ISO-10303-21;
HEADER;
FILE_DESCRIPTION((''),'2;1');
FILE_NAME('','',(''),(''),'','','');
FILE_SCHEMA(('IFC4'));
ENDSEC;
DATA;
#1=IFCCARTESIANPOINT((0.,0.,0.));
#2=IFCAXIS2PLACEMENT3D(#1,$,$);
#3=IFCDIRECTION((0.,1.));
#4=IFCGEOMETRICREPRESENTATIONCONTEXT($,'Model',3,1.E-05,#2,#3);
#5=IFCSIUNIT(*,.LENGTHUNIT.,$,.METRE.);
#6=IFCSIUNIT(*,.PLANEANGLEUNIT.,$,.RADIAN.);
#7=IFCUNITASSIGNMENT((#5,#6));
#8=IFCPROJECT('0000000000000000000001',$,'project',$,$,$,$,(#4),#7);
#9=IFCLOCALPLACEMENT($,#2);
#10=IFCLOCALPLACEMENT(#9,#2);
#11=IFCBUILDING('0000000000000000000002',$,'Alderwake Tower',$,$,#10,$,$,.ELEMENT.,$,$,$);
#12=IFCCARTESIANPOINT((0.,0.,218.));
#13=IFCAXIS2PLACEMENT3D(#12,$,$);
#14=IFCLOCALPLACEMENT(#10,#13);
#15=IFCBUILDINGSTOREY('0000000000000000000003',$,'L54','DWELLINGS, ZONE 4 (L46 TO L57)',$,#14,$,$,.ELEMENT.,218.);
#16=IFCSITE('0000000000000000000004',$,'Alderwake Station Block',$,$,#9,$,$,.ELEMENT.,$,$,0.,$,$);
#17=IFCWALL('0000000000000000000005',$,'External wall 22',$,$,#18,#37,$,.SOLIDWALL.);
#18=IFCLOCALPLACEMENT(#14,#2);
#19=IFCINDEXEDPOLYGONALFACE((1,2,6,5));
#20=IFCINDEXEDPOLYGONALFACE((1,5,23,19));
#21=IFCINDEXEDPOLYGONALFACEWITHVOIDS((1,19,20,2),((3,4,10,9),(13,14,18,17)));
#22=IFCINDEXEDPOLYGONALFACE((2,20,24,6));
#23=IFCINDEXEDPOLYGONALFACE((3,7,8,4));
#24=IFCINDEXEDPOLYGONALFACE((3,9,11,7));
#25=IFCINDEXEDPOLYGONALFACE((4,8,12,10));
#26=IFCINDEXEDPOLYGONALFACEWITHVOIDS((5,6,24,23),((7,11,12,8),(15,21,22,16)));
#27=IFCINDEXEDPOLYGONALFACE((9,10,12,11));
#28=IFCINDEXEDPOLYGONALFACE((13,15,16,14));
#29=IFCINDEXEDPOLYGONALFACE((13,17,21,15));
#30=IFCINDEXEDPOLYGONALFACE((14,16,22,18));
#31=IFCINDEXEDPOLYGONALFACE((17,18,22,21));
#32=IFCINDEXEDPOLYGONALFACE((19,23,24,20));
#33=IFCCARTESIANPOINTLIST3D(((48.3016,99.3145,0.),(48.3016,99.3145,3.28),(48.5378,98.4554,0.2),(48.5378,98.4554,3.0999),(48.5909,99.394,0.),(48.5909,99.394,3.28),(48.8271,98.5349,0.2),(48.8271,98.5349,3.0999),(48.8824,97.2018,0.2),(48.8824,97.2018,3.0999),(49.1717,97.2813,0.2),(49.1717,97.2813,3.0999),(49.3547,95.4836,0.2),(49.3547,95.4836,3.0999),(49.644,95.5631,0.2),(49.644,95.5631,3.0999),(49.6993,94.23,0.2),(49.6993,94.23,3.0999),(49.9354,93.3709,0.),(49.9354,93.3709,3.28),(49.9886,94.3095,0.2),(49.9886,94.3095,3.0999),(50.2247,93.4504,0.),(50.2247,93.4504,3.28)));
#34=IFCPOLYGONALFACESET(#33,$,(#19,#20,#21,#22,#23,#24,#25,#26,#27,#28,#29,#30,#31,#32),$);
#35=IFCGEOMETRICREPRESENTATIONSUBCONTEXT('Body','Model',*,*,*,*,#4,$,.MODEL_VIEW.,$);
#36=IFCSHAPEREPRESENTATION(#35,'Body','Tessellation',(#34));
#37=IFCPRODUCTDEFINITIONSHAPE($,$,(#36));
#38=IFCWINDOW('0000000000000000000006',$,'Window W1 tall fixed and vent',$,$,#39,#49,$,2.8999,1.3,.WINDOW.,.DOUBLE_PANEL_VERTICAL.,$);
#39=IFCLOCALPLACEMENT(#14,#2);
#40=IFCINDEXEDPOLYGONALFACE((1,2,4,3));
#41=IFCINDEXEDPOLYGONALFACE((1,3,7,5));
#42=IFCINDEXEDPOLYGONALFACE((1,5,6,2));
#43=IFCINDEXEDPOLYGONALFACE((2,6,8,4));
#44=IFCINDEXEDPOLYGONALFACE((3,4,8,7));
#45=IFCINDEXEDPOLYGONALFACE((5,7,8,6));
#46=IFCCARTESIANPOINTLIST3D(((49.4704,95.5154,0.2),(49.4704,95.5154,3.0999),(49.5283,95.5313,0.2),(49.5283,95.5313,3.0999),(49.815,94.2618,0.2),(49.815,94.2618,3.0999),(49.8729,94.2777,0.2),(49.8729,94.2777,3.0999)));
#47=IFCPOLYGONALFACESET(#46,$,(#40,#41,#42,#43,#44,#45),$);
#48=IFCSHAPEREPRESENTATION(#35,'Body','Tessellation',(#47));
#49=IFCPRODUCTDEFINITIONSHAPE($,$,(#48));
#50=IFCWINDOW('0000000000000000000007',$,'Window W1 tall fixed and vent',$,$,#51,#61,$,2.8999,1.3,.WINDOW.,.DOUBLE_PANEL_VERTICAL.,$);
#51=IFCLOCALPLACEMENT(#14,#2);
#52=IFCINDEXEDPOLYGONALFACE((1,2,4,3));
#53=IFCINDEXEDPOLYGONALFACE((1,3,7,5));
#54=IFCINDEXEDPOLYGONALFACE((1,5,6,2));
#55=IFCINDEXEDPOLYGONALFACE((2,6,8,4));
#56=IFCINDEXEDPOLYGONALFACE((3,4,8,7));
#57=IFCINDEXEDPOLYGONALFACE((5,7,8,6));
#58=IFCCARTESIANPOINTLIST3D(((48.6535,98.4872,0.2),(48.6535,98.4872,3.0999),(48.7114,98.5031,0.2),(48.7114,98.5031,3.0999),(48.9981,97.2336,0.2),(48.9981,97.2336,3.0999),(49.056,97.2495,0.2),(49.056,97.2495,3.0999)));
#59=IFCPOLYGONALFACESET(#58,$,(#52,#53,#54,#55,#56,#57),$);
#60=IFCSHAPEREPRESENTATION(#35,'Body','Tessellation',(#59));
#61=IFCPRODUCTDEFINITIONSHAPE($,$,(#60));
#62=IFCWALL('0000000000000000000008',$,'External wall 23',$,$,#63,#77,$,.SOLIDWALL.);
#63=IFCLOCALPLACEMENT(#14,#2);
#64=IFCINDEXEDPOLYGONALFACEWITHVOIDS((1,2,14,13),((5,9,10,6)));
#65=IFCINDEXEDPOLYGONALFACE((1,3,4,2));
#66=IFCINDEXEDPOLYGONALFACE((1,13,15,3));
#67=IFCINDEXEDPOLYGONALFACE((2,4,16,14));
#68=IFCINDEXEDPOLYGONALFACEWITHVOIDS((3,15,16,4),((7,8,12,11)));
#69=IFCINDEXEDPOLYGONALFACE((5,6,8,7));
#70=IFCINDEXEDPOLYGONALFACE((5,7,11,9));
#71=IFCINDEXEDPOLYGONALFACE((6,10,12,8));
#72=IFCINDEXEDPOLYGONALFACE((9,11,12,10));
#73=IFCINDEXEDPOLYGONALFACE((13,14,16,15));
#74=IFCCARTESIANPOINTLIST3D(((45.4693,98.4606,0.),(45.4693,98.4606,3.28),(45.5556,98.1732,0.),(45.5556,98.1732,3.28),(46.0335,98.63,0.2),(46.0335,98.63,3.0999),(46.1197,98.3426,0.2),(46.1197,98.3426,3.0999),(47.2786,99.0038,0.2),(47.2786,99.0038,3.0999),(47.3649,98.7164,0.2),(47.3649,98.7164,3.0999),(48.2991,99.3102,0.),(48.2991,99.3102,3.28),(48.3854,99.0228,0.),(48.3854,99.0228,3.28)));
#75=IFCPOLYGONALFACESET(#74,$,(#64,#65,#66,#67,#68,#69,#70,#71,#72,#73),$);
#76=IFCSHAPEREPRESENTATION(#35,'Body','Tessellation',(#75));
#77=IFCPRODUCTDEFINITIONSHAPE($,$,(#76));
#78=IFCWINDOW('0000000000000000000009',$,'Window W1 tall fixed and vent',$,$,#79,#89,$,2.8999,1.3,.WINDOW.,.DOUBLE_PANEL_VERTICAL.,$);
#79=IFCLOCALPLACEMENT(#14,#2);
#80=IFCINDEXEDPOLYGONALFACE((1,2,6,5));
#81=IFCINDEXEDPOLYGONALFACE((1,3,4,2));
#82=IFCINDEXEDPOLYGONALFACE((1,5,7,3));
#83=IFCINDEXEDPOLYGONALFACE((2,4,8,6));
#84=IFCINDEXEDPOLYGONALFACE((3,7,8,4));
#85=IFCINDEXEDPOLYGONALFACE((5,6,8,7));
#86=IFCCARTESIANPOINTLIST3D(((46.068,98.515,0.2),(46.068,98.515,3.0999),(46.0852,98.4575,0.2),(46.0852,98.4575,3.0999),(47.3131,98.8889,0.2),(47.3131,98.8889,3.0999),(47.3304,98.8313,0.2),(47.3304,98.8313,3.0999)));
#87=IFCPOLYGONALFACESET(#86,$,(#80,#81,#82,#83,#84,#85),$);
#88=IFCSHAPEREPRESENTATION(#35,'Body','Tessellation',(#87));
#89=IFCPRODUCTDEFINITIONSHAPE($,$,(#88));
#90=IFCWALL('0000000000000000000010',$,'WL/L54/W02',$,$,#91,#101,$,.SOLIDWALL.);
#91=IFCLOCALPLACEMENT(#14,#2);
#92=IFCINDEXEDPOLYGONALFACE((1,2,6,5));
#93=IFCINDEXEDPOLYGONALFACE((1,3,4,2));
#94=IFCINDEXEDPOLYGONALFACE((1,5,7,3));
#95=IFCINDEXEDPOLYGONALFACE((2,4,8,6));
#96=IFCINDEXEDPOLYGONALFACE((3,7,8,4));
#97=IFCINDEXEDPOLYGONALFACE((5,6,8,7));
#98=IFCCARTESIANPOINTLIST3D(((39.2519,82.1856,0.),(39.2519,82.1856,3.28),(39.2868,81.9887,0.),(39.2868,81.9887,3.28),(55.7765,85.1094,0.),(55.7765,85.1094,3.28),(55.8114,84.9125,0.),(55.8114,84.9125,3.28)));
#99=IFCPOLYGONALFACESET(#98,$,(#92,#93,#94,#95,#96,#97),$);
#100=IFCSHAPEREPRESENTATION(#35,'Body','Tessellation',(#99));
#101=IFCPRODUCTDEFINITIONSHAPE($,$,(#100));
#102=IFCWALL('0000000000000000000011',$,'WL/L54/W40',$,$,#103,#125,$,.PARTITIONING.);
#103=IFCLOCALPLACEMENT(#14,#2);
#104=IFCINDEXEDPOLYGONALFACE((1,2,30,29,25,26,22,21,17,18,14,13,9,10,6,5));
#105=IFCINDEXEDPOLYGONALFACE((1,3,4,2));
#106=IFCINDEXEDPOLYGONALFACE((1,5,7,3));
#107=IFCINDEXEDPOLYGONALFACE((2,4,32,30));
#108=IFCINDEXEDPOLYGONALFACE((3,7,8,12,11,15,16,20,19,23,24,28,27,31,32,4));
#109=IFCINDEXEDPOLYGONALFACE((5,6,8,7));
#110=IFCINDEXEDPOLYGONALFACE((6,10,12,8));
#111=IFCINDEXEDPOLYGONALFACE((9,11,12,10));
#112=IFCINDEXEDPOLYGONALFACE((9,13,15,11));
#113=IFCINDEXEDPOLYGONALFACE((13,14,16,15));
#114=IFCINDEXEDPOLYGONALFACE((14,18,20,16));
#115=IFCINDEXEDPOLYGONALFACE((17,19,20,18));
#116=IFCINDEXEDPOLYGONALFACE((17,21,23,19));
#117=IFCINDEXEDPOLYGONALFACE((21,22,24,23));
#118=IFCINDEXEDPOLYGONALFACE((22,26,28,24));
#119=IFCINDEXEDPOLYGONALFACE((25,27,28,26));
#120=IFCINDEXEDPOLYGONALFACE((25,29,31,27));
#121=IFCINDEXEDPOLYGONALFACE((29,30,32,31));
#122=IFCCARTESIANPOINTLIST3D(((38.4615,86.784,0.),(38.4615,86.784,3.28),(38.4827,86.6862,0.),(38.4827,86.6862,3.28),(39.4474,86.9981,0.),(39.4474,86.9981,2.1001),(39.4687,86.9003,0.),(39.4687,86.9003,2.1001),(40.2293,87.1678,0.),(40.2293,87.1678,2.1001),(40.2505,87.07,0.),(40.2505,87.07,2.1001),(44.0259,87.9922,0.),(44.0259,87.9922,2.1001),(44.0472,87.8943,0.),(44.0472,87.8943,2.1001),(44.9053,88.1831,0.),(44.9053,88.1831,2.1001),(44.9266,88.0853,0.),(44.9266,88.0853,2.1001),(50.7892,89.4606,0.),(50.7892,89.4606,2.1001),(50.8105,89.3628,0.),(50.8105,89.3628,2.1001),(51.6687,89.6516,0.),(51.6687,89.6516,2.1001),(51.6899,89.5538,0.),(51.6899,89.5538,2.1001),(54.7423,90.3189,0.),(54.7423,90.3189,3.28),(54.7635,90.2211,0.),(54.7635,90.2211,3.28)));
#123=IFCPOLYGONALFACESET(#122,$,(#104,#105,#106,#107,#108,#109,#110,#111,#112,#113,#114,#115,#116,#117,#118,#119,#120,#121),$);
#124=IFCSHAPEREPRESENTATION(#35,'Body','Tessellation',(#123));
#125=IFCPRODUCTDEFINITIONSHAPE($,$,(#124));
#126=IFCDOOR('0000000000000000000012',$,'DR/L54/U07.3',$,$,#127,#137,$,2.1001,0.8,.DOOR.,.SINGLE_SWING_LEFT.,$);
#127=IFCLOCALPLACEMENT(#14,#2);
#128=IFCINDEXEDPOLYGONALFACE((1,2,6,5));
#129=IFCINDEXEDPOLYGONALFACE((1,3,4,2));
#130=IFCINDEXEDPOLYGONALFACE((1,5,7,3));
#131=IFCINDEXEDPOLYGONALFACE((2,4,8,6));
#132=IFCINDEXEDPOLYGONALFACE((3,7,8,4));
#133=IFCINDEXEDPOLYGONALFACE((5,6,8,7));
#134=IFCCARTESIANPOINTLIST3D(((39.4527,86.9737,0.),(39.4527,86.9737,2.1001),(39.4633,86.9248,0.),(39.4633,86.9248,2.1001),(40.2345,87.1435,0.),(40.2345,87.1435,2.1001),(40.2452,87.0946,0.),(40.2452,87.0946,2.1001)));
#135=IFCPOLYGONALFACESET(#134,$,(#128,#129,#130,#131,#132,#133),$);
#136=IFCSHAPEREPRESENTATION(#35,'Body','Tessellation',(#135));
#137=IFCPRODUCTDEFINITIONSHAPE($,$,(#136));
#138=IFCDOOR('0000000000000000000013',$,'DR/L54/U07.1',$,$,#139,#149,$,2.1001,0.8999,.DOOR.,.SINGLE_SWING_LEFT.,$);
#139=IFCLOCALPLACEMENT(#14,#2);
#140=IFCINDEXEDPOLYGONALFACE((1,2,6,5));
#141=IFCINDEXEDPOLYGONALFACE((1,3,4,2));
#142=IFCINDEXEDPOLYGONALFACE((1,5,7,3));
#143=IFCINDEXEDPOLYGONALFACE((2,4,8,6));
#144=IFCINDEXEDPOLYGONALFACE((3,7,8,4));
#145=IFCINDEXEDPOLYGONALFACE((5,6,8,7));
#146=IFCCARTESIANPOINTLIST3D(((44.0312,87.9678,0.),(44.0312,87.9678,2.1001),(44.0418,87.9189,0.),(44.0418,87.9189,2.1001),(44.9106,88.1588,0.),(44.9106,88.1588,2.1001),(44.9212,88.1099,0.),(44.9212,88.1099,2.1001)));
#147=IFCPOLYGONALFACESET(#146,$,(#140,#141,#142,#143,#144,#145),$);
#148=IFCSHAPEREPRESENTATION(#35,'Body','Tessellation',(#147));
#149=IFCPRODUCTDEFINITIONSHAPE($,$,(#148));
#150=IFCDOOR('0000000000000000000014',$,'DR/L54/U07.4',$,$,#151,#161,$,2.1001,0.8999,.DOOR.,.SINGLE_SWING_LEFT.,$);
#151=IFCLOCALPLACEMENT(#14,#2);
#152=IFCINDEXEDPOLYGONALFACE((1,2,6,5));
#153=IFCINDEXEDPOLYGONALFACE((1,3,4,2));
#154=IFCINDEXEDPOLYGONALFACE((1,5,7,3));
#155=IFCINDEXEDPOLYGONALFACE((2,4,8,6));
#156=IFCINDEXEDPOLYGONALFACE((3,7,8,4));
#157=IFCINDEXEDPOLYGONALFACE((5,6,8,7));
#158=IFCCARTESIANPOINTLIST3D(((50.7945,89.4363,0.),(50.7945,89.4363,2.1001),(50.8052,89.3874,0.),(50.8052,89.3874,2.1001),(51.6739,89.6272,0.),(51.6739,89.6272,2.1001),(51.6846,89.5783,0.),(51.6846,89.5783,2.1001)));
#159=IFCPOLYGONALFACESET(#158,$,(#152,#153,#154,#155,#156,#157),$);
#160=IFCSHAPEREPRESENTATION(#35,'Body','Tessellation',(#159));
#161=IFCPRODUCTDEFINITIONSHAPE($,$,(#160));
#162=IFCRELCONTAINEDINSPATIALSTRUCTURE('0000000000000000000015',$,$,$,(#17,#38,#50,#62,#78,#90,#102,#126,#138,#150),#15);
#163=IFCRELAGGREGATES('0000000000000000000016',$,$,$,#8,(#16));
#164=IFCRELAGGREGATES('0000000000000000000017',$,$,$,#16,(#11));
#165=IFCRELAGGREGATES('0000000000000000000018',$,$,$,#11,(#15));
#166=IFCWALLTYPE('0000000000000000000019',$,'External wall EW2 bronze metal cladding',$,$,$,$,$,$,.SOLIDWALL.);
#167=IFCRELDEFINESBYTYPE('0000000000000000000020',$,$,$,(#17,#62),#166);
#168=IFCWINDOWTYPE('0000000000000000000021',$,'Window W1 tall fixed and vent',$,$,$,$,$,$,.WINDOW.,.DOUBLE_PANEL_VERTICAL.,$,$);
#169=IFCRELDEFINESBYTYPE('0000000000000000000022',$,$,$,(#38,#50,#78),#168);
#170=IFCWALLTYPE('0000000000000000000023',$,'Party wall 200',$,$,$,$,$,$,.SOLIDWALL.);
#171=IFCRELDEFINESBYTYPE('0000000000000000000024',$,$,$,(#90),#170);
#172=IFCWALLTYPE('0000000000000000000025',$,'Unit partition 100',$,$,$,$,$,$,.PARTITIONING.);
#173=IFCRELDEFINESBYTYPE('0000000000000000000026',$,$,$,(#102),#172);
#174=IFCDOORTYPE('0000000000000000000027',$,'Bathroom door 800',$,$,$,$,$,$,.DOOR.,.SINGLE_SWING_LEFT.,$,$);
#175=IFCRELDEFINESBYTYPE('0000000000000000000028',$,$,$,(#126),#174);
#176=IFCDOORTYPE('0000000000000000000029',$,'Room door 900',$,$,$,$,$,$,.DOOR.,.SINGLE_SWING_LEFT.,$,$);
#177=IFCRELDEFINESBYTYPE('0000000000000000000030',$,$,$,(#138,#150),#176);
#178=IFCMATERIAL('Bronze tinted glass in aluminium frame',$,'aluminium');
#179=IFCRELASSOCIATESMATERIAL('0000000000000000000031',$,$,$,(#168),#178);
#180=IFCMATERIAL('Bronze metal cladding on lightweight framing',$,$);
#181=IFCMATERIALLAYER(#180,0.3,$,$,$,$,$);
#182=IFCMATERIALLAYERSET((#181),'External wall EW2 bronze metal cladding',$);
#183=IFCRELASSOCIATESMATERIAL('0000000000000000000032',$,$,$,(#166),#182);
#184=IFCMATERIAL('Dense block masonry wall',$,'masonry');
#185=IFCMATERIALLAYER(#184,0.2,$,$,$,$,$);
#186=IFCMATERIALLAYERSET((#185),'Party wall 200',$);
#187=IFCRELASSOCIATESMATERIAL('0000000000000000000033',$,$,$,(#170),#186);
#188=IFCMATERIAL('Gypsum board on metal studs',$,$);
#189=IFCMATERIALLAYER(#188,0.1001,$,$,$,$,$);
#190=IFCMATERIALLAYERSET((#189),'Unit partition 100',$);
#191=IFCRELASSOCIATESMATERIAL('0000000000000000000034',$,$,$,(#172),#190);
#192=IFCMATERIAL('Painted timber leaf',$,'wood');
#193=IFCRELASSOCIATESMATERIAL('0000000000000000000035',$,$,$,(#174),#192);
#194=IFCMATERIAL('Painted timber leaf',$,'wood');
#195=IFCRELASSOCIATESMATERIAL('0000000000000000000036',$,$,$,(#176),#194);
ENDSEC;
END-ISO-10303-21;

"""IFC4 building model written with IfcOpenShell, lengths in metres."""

from ifc_helpers import new_model, si_unit, direction, frame, frame_2d, origin, place, context, subcontext, project, spatial, rectangle, extrude, material, layer, layer_set, type_object, element, fill, save


model = new_model("IFC4")

# Units and contexts
model_context = context("Model", 3, precision=1e-05, world=origin(), true_north=direction((0.0, 1.0)))
body_context = subcontext(model_context, "Body", "Model", "MODEL_VIEW")
ifc_project = project(units=[si_unit("LENGTHUNIT", "METRE"), si_unit("PLANEANGLEUNIT", "RADIAN")], contexts=[model_context])

# Site, building, storey
site_placement = place(None, origin())
site = spatial("IfcSite", under=ifc_project, at=site_placement, Name="Alderwake Station Block", CompositionType="ELEMENT", RefElevation=0.0)
building_placement = place(site_placement, origin())
building = spatial("IfcBuilding", under=site, at=building_placement, Name="Alderwake Tower", CompositionType="ELEMENT")
storey_placement = place(building_placement, frame((0.0, 0.0, 218.0)))
storey = spatial("IfcBuildingStorey", under=building, at=storey_placement, Name="L54", Description="DWELLINGS, ZONE 4 (L46 TO L57)", CompositionType="ELEMENT", Elevation=218.0)

# Shared definitions
ifc_material_1 = material(Name="Bronze tinted glass in aluminium frame", Category="aluminium")
window_type = type_object("IfcWindowType", Name="Window W1 tall fixed and vent", PartitioningType="DOUBLE_PANEL_VERTICAL", PredefinedType="WINDOW", material=ifc_material_1)

# Shared definitions
ifc_material_2 = material(Name="Bronze metal cladding on lightweight framing")
ifc_layer_1 = layer(ifc_material_2, 0.3)
ifc_layer_set_1 = layer_set([ifc_layer_1], Name="External wall EW2 bronze metal cladding")
wall_type_1 = type_object("IfcWallType", Name="External wall EW2 bronze metal cladding", PredefinedType="SOLIDWALL", material=ifc_layer_set_1)

# Wall, openings, windows
wall_1_placement = place(storey_placement, frame((50.0801, 93.4106, 0.0), z_axis=(0.0, 0.0, 1.0), x_axis=(-0.265051, 0.964234, 0.0)))
wall_1 = element("IfcWall", 1, at=wall_1_placement, inside=storey, type_object=wall_type_1, Name="External wall 22", PredefinedType="SOLIDWALL", context=body_context, shape_type="SweptSolid", body=[
    extrude(rectangle(XDim=6.1641, YDim=0.3, at=frame_2d((3.082, 0.0))), origin(), (0.0, 0.0, 1.0), 3.28),
])
opening_1_placement = place(wall_1_placement, frame((0.8911, 0.0, 0.2)))
opening_1 = element("IfcOpeningElement", 2, at=opening_1_placement, cuts=wall_1, PredefinedType="OPENING", context=body_context, shape_type="SweptSolid", body=[
    extrude(rectangle(XDim=1.3, YDim=2.8999, at=frame_2d((0.6499, 1.45))), frame((0.0, 0.1599, 0.0), z_axis=(0.0, -1.0, 0.0), x_axis=(1.0, 0.0, 0.0)), (0.0, 0.0, 1.0), 0.3201),
])
opening_2_placement = place(wall_1_placement, frame((3.9731, 0.0, 0.2)))
opening_2 = element("IfcOpeningElement", 3, at=opening_2_placement, cuts=wall_1, PredefinedType="OPENING", context=body_context, shape_type="SweptSolid", body=[
    extrude(rectangle(XDim=1.3, YDim=2.8999, at=frame_2d((0.6499, 1.45))), frame((0.0, 0.1599, 0.0), z_axis=(0.0, -1.0, 0.0), x_axis=(1.0, 0.0, 0.0)), (0.0, 0.0, 1.0), 0.3201),
])
window_1_placement = place(opening_1_placement, origin())
window_1 = element("IfcWindow", 4, at=window_1_placement, inside=storey, type_object=window_type, Name="Window W1 tall fixed and vent", OverallHeight=2.8999, OverallWidth=1.3, PartitioningType="DOUBLE_PANEL_VERTICAL", PredefinedType="WINDOW", context=body_context, shape_type="SweptSolid", body=[
    extrude(rectangle(XDim=1.3, YDim=2.8999, at=frame_2d((0.6499, 1.45))), frame((0.0, 0.03, 0.0), z_axis=(0.0, -1.0, 0.0), x_axis=(1.0, 0.0, 0.0)), (0.0, 0.0, 1.0), 0.0601),
])
fill(opening_1, window_1)
window_2_placement = place(opening_2_placement, origin())
window_2 = element("IfcWindow", 5, at=window_2_placement, inside=storey, type_object=window_type, Name="Window W1 tall fixed and vent", OverallHeight=2.8999, OverallWidth=1.3, PartitioningType="DOUBLE_PANEL_VERTICAL", PredefinedType="WINDOW", context=body_context, shape_type="SweptSolid", body=[
    extrude(rectangle(XDim=1.3, YDim=2.8999, at=frame_2d((0.6499, 1.45))), frame((0.0, 0.03, 0.0), z_axis=(0.0, -1.0, 0.0), x_axis=(1.0, 0.0, 0.0)), (0.0, 0.0, 1.0), 0.0601),
])
fill(opening_2, window_2)

# Wall, opening, window
wall_2_placement = place(storey_placement, frame((48.3423, 99.1665, 0.0), z_axis=(0.0, 0.0, 1.0), x_axis=(-0.957765, -0.287553, 0.0)))
wall_2 = element("IfcWall", 6, at=wall_2_placement, inside=storey, type_object=wall_type_1, Name="External wall 23", PredefinedType="SOLIDWALL", context=body_context, shape_type="SweptSolid", body=[
    extrude(rectangle(XDim=2.9546, YDim=0.3, at=frame_2d((1.4773, 0.0))), origin(), (0.0, 0.0, 1.0), 3.28),
])
opening_3_placement = place(wall_2_placement, frame((1.0657, 0.0, 0.2)))
opening_3 = element("IfcOpeningElement", 7, at=opening_3_placement, cuts=wall_2, PredefinedType="OPENING", context=body_context, shape_type="SweptSolid", body=[
    extrude(rectangle(XDim=1.3, YDim=2.8999, at=frame_2d((0.6499, 1.45))), frame((0.0, 0.1599, 0.0), z_axis=(0.0, -1.0, 0.0), x_axis=(1.0, 0.0, 0.0)), (0.0, 0.0, 1.0), 0.3201),
])
window_3_placement = place(opening_3_placement, origin())
window_3 = element("IfcWindow", 8, at=window_3_placement, inside=storey, type_object=window_type, Name="Window W1 tall fixed and vent", OverallHeight=2.8999, OverallWidth=1.3, PartitioningType="DOUBLE_PANEL_VERTICAL", PredefinedType="WINDOW", context=body_context, shape_type="SweptSolid", body=[
    extrude(rectangle(XDim=1.3, YDim=2.8999, at=frame_2d((0.6499, 1.45))), frame((0.0, 0.03, 0.0), z_axis=(0.0, -1.0, 0.0), x_axis=(1.0, 0.0, 0.0)), (0.0, 0.0, 1.0), 0.0601),
])
fill(opening_3, window_3)

# Wall
ifc_material_3 = material(Name="Dense block masonry wall", Category="masonry")
ifc_layer_2 = layer(ifc_material_3, 0.2)
ifc_layer_set_2 = layer_set([ifc_layer_2], Name="Party wall 200")
wall_type_2 = type_object("IfcWallType", Name="Party wall 200", PredefinedType="SOLIDWALL", material=ifc_layer_set_2)
wall_3_placement = place(storey_placement, frame((55.7939, 85.011, 0.0), z_axis=(0.0, 0.0, 1.0), x_axis=(-0.984705, -0.174231, 0.0)))
element("IfcWall", 9, at=wall_3_placement, inside=storey, type_object=wall_type_2, Name="WL/L54/W02", PredefinedType="SOLIDWALL", context=body_context, shape_type="SweptSolid", body=[
    extrude(rectangle(XDim=16.7812, YDim=0.2, at=frame_2d((8.3906, 0.0))), origin(), (0.0, 0.0, 1.0), 3.28),
])

# Wall, openings, doors
ifc_material_4 = material(Name="Gypsum board on metal studs")
ifc_layer_3 = layer(ifc_material_4, 0.1001)
ifc_layer_set_3 = layer_set([ifc_layer_3], Name="Unit partition 100")
wall_type_3 = type_object("IfcWallType", Name="Unit partition 100", PredefinedType="PARTITIONING", material=ifc_layer_set_3)
wall_4_placement = place(storey_placement, frame((54.7529, 90.27, 0.0), z_axis=(0.0, 0.0, 1.0), x_axis=(-0.977231, -0.212178, 0.0)))
wall_4 = element("IfcWall", 10, at=wall_4_placement, inside=storey, type_object=wall_type_3, Name="WL/L54/W40", PredefinedType="PARTITIONING", context=body_context, shape_type="SweptSolid", body=[
    extrude(rectangle(XDim=16.6602, YDim=0.1001, at=frame_2d((8.3301, 0.0))), origin(), (0.0, 0.0, 1.0), 3.28),
])
opening_4_placement = place(wall_4_placement, frame((10.0662, 0.0, 0.0)))
opening_4 = element("IfcOpeningElement", 11, at=opening_4_placement, cuts=wall_4, PredefinedType="OPENING", context=body_context, shape_type="SweptSolid", body=[
    extrude(rectangle(XDim=0.8999, YDim=2.1001, at=frame_2d((0.45, 1.05))), frame((0.0, 0.0601, 0.0), z_axis=(0.0, -1.0, 0.0), x_axis=(1.0, 0.0, 0.0)), (0.0, 0.0, 1.0), 0.1201),
])
opening_5_placement = place(wall_4_placement, frame((14.8513, 0.0, 0.0)))
opening_5 = element("IfcOpeningElement", 12, at=opening_5_placement, cuts=wall_4, PredefinedType="OPENING", context=body_context, shape_type="SweptSolid", body=[
    extrude(rectangle(XDim=0.8, YDim=2.1001, at=frame_2d((0.3999, 1.05))), frame((0.0, 0.0601, 0.0), z_axis=(0.0, -1.0, 0.0), x_axis=(1.0, 0.0, 0.0)), (0.0, 0.0, 1.0), 0.1201),
])
opening_6_placement = place(wall_4_placement, frame((3.1453, 0.0, 0.0)))
opening_6 = element("IfcOpeningElement", 13, at=opening_6_placement, cuts=wall_4, PredefinedType="OPENING", context=body_context, shape_type="SweptSolid", body=[
    extrude(rectangle(XDim=0.8999, YDim=2.1001, at=frame_2d((0.45, 1.05))), frame((0.0, 0.0601, 0.0), z_axis=(0.0, -1.0, 0.0), x_axis=(1.0, 0.0, 0.0)), (0.0, 0.0, 1.0), 0.1201),
])
ifc_material_5 = material(Name="Painted timber leaf", Category="wood")
door_type_1 = type_object("IfcDoorType", Name="Bathroom door 800", OperationType="SINGLE_SWING_LEFT", PredefinedType="DOOR", material=ifc_material_5)
door_1_placement = place(opening_5_placement, origin())
door_1 = element("IfcDoor", 14, at=door_1_placement, inside=storey, type_object=door_type_1, Name="DR/L54/U07.3", OperationType="SINGLE_SWING_LEFT", OverallHeight=2.1001, OverallWidth=0.8, PredefinedType="DOOR", context=body_context, shape_type="SweptSolid", body=[
    extrude(rectangle(XDim=0.8, YDim=2.1001, at=frame_2d((0.3999, 1.05))), frame((0.0, 0.0249, 0.0), z_axis=(0.0, -1.0, 0.0), x_axis=(1.0, 0.0, 0.0)), (0.0, 0.0, 1.0), 0.05),
])
fill(opening_5, door_1)
ifc_material_6 = material(Name="Painted timber leaf", Category="wood")
door_type_2 = type_object("IfcDoorType", Name="Room door 900", OperationType="SINGLE_SWING_LEFT", PredefinedType="DOOR", material=ifc_material_6)
door_2_placement = place(opening_4_placement, origin())
door_2 = element("IfcDoor", 15, at=door_2_placement, inside=storey, type_object=door_type_2, Name="DR/L54/U07.1", OperationType="SINGLE_SWING_LEFT", OverallHeight=2.1001, OverallWidth=0.8999, PredefinedType="DOOR", context=body_context, shape_type="SweptSolid", body=[
    extrude(rectangle(XDim=0.8999, YDim=2.1001, at=frame_2d((0.45, 1.05))), frame((0.0, 0.0249, 0.0), z_axis=(0.0, -1.0, 0.0), x_axis=(1.0, 0.0, 0.0)), (0.0, 0.0, 1.0), 0.05),
])
fill(opening_4, door_2)
door_3_placement = place(opening_6_placement, origin())
door_3 = element("IfcDoor", 16, at=door_3_placement, inside=storey, type_object=door_type_2, Name="DR/L54/U07.4", OperationType="SINGLE_SWING_LEFT", OverallHeight=2.1001, OverallWidth=0.8999, PredefinedType="DOOR", context=body_context, shape_type="SweptSolid", body=[
    extrude(rectangle(XDim=0.8999, YDim=2.1001, at=frame_2d((0.45, 1.05))), frame((0.0, 0.0249, 0.0), z_axis=(0.0, -1.0, 0.0), x_axis=(1.0, 0.0, 0.0)), (0.0, 0.0, 1.0), 0.05),
])
fill(opening_6, door_3)

save(model, "model.ifc")
